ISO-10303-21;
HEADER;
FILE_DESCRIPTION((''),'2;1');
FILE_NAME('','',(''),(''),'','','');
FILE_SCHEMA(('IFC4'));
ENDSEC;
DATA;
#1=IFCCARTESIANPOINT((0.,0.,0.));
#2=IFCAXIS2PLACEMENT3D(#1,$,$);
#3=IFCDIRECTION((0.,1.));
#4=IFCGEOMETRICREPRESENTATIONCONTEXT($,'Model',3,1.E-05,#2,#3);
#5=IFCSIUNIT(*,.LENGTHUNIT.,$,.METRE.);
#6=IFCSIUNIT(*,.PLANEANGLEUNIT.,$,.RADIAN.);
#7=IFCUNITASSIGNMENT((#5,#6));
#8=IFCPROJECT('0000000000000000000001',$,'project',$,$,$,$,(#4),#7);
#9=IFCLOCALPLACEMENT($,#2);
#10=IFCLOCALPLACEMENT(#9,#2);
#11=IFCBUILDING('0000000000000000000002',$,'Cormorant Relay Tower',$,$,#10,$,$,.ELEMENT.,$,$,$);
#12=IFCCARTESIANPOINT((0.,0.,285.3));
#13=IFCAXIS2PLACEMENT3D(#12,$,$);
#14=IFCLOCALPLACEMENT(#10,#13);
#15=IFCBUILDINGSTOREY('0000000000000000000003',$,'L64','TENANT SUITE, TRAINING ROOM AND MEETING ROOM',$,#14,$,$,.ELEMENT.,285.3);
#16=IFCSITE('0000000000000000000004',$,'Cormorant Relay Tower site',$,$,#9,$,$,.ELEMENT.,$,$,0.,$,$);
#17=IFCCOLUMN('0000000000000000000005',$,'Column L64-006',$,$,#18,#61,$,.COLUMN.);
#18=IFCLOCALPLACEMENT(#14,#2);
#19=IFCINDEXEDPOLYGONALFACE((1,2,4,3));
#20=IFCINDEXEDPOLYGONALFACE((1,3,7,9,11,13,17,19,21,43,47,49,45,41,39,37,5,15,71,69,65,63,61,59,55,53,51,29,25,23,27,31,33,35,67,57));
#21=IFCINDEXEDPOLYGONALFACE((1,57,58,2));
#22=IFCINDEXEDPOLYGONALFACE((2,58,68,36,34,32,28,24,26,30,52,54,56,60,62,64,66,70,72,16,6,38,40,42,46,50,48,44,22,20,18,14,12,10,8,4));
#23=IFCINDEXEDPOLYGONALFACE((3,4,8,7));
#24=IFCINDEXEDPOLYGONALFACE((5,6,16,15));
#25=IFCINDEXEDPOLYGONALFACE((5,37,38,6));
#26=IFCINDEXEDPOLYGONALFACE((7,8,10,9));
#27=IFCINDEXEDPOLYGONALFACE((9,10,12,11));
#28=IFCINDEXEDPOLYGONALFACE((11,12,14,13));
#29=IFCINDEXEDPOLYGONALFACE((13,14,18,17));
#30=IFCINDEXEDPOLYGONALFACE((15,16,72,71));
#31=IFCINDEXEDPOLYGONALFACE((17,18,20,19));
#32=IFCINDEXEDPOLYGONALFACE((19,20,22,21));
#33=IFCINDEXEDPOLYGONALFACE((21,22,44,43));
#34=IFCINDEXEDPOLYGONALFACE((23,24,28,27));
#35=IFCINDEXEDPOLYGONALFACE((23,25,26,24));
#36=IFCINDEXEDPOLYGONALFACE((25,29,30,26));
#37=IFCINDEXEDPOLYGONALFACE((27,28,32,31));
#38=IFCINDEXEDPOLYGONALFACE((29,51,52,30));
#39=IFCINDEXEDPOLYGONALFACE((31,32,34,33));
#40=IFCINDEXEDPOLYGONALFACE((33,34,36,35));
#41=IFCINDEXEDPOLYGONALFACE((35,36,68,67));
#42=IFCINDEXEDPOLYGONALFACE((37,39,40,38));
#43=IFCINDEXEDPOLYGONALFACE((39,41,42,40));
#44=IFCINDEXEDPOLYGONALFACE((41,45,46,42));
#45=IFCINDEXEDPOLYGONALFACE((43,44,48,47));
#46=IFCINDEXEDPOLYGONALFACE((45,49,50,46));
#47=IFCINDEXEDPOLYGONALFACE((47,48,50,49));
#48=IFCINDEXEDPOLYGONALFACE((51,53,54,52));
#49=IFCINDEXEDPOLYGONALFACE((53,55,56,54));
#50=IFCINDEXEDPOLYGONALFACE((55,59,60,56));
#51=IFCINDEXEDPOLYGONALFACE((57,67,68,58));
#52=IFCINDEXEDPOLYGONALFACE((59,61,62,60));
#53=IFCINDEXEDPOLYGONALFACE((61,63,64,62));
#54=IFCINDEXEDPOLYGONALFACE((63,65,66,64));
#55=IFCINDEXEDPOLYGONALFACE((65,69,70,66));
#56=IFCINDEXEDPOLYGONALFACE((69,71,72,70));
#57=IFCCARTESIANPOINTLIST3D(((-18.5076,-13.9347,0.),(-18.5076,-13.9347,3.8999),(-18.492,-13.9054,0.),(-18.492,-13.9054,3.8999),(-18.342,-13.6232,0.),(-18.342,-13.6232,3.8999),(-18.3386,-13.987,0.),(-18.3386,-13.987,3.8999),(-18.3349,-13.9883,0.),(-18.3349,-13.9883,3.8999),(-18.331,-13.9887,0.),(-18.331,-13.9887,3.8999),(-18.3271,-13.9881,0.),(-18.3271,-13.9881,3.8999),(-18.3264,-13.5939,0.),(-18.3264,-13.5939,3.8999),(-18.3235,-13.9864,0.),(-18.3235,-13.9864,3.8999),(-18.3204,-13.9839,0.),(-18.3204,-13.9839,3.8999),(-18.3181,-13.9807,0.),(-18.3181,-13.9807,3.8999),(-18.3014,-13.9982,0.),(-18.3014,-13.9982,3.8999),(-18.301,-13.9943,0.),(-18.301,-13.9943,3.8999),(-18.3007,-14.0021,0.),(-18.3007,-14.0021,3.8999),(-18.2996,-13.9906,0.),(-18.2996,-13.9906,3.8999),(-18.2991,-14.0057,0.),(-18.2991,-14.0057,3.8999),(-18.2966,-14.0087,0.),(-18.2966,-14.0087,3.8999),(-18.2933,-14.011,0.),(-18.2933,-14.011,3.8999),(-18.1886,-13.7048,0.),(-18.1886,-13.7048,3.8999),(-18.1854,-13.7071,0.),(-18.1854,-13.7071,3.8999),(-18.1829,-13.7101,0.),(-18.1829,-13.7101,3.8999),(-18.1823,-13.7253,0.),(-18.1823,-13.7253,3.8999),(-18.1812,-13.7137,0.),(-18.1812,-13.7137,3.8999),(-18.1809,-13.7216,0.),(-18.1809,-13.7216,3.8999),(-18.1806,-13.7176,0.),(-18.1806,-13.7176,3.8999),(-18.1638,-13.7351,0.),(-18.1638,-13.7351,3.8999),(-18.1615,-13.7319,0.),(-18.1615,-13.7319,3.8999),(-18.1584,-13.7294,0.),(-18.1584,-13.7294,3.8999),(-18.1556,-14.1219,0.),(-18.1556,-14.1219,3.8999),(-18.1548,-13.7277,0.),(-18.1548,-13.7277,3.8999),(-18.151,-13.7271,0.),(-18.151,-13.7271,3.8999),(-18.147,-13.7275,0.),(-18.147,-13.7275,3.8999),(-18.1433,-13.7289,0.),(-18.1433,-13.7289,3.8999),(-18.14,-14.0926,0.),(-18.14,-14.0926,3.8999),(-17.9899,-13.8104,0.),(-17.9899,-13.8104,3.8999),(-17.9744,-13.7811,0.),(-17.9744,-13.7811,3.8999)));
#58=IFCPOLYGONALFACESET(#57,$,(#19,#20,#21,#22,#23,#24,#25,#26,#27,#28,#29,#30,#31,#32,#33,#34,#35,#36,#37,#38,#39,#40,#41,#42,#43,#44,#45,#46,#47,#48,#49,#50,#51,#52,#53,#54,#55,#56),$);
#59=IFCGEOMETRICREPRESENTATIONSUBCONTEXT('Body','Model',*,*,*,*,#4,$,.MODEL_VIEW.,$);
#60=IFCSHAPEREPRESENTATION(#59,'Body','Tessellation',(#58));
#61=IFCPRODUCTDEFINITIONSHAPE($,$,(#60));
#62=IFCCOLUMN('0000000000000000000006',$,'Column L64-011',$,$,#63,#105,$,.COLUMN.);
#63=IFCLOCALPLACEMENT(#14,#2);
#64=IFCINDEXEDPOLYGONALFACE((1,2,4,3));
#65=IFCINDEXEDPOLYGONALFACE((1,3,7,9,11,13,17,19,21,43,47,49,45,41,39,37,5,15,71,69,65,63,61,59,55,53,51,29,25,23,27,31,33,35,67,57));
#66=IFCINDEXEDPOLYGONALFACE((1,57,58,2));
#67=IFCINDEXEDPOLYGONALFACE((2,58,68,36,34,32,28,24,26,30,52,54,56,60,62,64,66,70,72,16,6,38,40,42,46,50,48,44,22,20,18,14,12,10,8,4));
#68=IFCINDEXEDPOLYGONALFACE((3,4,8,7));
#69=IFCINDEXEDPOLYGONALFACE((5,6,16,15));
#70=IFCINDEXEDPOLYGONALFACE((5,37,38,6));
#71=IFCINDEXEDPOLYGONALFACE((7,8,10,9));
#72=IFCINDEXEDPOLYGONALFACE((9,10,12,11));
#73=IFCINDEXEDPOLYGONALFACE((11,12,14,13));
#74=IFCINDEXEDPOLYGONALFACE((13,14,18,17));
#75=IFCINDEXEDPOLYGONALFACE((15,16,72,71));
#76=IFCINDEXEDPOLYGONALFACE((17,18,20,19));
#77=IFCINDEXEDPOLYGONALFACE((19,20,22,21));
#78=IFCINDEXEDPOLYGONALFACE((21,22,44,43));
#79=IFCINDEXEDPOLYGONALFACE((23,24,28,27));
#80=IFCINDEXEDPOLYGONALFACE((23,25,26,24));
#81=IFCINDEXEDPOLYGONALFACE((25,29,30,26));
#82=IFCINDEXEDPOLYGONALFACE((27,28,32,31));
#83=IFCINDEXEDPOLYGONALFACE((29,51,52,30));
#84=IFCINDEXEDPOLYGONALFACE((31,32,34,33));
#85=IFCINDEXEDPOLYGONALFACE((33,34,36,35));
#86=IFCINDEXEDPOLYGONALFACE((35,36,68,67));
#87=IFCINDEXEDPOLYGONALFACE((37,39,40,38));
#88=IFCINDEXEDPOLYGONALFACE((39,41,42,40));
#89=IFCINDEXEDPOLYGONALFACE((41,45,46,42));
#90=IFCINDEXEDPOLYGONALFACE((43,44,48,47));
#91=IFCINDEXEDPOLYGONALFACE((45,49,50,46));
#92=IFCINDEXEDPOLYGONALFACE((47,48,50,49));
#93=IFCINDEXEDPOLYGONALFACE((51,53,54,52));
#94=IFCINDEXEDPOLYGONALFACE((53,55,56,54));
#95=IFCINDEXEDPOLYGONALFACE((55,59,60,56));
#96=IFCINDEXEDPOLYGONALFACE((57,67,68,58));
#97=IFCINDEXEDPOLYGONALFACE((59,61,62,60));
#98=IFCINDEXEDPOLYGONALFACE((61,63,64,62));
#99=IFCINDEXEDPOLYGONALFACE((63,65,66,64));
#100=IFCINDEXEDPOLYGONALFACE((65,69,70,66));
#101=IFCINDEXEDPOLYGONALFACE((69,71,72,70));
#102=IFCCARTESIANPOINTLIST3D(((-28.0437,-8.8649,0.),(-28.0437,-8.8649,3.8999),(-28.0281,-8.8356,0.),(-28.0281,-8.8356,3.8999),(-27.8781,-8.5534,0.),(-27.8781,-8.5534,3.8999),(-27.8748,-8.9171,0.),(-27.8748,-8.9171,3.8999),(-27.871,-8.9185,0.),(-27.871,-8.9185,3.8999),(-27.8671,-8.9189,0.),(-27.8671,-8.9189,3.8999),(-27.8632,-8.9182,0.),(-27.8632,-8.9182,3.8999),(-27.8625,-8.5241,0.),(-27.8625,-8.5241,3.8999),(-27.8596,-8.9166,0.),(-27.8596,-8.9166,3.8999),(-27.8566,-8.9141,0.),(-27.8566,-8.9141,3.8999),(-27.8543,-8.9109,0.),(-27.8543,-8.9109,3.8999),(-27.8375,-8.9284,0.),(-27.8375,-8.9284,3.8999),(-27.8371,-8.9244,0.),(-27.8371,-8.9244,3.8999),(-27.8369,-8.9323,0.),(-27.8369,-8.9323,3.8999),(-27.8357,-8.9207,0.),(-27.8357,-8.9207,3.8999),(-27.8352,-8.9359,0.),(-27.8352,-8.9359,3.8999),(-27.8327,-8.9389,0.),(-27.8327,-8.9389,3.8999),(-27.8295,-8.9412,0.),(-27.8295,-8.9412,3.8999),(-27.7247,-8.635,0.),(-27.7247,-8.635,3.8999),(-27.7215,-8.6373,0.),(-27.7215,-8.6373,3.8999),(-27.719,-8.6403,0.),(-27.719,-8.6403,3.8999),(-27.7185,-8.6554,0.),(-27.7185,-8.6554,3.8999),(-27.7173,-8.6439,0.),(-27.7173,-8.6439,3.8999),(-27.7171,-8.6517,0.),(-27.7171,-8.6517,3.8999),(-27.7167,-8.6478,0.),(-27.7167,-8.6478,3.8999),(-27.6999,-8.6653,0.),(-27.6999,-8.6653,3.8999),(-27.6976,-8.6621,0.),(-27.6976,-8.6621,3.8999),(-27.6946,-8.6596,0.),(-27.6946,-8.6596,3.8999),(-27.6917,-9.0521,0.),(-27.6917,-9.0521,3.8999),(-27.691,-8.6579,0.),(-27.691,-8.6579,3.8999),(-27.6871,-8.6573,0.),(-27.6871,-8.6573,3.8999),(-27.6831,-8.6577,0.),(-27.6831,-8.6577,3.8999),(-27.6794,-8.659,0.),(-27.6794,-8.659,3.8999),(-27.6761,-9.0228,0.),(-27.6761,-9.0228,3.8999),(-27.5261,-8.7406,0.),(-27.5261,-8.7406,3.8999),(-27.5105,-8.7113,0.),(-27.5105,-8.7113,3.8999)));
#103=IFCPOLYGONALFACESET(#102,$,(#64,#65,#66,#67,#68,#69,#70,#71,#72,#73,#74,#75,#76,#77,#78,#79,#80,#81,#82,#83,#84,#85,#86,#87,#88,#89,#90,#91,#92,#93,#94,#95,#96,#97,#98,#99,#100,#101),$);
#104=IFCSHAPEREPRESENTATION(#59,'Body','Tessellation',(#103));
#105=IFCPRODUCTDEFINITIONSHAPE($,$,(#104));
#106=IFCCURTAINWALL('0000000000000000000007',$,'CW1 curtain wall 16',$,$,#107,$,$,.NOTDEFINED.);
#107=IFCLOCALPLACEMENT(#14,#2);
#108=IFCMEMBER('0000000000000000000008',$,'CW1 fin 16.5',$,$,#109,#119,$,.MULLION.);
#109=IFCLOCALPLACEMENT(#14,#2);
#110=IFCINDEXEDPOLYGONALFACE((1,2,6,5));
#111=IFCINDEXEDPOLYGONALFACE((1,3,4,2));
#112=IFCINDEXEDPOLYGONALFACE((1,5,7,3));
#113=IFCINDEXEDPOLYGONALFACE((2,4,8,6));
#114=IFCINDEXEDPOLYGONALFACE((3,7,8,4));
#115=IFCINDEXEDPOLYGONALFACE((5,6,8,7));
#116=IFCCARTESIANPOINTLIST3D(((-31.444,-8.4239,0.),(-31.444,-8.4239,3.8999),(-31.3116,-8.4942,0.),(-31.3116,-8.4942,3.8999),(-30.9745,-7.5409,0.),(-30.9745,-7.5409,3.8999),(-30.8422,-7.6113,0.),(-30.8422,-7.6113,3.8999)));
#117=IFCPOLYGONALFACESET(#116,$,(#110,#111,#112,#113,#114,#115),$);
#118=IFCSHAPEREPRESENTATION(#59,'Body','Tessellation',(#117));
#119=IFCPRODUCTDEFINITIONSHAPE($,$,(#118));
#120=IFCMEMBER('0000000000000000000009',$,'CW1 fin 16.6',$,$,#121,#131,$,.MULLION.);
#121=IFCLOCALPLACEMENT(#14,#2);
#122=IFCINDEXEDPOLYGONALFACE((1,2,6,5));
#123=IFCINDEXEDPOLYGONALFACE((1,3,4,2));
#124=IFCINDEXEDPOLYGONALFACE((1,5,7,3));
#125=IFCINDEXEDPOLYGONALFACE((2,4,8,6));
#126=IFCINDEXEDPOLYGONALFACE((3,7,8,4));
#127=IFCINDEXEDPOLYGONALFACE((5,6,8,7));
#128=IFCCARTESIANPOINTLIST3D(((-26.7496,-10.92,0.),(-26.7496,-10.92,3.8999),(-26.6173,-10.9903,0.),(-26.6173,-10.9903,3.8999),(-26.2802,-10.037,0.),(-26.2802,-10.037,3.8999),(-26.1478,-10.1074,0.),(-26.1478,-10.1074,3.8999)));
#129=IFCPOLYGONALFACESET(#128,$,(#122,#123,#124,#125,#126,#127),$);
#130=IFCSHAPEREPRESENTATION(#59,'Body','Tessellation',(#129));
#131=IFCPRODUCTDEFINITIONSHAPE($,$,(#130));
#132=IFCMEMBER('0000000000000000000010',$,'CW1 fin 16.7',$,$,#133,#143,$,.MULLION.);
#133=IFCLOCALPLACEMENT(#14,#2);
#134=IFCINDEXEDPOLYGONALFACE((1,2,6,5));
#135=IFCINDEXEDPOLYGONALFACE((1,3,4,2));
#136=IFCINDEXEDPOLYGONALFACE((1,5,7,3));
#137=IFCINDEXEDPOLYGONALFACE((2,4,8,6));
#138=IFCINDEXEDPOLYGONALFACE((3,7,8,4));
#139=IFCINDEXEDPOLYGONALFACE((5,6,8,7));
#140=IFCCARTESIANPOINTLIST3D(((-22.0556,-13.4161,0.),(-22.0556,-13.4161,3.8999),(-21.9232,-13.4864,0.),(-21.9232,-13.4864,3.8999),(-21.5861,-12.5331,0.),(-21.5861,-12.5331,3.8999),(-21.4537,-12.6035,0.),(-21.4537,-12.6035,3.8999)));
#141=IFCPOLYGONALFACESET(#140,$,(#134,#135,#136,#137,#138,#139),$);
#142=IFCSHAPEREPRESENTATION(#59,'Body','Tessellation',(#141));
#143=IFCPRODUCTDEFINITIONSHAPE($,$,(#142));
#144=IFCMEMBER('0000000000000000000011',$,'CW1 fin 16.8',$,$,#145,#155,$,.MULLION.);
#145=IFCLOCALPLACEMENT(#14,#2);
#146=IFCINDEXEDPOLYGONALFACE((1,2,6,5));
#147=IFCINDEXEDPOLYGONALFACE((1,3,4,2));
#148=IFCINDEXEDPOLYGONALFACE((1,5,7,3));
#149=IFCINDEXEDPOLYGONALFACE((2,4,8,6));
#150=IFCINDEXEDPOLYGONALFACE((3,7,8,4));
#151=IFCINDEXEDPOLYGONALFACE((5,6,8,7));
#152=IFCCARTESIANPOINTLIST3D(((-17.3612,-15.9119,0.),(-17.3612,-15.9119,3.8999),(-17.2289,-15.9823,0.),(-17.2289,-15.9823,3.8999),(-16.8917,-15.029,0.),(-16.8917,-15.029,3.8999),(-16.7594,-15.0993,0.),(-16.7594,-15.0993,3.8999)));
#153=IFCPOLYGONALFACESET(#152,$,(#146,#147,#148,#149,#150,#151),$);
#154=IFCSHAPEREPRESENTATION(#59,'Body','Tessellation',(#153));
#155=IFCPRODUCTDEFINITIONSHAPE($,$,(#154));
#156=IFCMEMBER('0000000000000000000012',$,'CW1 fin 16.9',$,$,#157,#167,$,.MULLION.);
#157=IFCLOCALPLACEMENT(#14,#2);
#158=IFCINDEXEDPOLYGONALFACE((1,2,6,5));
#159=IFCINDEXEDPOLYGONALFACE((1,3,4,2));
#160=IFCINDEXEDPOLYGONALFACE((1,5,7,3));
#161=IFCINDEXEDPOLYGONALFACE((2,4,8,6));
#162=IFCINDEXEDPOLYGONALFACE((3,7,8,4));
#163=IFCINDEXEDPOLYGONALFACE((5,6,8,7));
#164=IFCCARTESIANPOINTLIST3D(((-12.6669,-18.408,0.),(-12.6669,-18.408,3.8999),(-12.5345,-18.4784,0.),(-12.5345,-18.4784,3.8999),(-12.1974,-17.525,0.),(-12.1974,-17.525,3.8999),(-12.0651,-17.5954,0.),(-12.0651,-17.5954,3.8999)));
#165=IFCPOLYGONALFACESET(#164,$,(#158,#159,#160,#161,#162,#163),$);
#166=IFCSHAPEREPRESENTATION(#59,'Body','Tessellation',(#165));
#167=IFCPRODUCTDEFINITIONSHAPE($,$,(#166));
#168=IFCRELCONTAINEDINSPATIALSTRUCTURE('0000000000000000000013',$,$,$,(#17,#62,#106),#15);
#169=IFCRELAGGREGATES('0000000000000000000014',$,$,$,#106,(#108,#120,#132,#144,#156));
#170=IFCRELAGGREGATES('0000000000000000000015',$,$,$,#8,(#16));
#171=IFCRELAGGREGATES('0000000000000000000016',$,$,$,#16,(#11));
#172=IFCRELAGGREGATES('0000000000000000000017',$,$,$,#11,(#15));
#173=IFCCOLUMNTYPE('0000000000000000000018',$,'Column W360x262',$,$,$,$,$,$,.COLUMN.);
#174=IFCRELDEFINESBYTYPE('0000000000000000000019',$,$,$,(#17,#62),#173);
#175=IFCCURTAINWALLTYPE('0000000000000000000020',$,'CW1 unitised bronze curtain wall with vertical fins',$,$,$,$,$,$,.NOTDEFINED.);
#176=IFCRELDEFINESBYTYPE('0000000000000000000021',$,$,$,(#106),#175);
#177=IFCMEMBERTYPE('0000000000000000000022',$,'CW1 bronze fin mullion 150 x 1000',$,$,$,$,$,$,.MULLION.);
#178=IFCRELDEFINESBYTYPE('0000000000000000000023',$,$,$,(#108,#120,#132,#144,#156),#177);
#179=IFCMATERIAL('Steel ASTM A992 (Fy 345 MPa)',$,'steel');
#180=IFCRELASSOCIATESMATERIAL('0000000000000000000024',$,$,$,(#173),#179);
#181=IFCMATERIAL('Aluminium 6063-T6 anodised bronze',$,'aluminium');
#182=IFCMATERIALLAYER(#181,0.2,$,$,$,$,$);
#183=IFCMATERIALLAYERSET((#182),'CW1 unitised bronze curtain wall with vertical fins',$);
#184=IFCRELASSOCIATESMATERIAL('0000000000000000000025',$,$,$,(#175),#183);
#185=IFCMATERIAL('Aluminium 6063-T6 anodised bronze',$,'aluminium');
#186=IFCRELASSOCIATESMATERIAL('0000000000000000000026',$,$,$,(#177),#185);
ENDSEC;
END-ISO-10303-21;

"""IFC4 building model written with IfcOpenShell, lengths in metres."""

from ifc_helpers import new_model, si_unit, direction, frame, origin, origin_2d, place, context, subcontext, project, spatial, rectangle, i_section, extrude, material, layer, layer_set, material_profile, profile_set, type_object, element, aggregate, save


model = new_model("IFC4")

# Units and contexts
model_context = context("Model", 3, precision=1e-05, world=origin(), true_north=direction((0.0, 1.0)))
body_context = subcontext(model_context, "Body", "Model", "MODEL_VIEW")
ifc_project = project(units=[si_unit("LENGTHUNIT", "METRE"), si_unit("PLANEANGLEUNIT", "RADIAN")], contexts=[model_context])

# Site, building, storey
site_placement = place(None, origin())
site = spatial("IfcSite", under=ifc_project, at=site_placement, Name="Cormorant Relay Tower site", CompositionType="ELEMENT", RefElevation=0.0)
building_placement = place(site_placement, origin())
building = spatial("IfcBuilding", under=site, at=building_placement, Name="Cormorant Relay Tower", CompositionType="ELEMENT")
storey_placement = place(building_placement, frame((0.0, 0.0, 285.3)))
storey = spatial("IfcBuildingStorey", under=building, at=storey_placement, Name="L64", Description="TENANT SUITE, TRAINING ROOM AND MEETING ROOM", CompositionType="ELEMENT", Elevation=285.3)

# Columns
ifc_material_1 = material(Name="Steel ASTM A992 (Fy 345 MPa)", Category="steel")
ifc_material_profile_1 = material_profile(ifc_material_1, i_section(OverallWidth=0.3987, OverallDepth=0.386, WebThickness=0.021, FlangeThickness=0.0332, FilletRadius=0.0151, at=origin_2d()), Name="W360x262")
ifc_profile_set_1 = profile_set([ifc_material_profile_1], Name="Steel ASTM A992 (Fy 345 MPa)")
column_type_1 = type_object("IfcColumnType", Name="Column W360x262", PredefinedType="COLUMN", material=ifc_profile_set_1)
for number, where, z_axis, x_axis, name in (
    (1, (-18.241, -13.8579, 0.0), (0.0, 0.0, 1.0), (0.882948, -0.469472, 0.0), "Column L64-006"),
    (2, (-27.7771, -8.7881, 0.0), (0.0, 0.0, 1.0), (0.882948, -0.469472, 0.0), "Column L64-011"),
):
    element("IfcColumn", number, at=place(storey_placement, frame(where, z_axis=z_axis, x_axis=x_axis)), inside=storey, type_object=column_type_1, Name=name, PredefinedType="COLUMN", context=body_context, shape_type="SweptSolid", body=[
        extrude(i_section(OverallWidth=0.3987, OverallDepth=0.386, WebThickness=0.021, FlangeThickness=0.0332, FilletRadius=0.0151, at=origin_2d()), origin(), (0.0, 0.0, 1.0), 3.8999),
    ])

# Curtain wall, members
ifc_material_2 = material(Name="Aluminium 6063-T6 anodised bronze", Category="aluminium")
ifc_layer_1 = layer(ifc_material_2, 0.2)
ifc_layer_set_1 = layer_set([ifc_layer_1], Name="CW1 unitised bronze curtain wall with vertical fins")
curtain_wall_type = type_object("IfcCurtainWallType", Name="CW1 unitised bronze curtain wall with vertical fins", PredefinedType="NOTDEFINED", material=ifc_layer_set_1)
curtain_wall_placement = place(storey_placement, origin())
curtain_wall = element("IfcCurtainWall", 3, at=curtain_wall_placement, inside=storey, type_object=curtain_wall_type, Name="CW1 curtain wall 16", PredefinedType="NOTDEFINED")
ifc_material_3 = material(Name="Aluminium 6063-T6 anodised bronze", Category="aluminium")
ifc_material_profile_2 = material_profile(ifc_material_3, rectangle(XDim=0.1499, YDim=1.0, at=origin_2d()), Name="AL 150x1000")
ifc_profile_set_2 = profile_set([ifc_material_profile_2], Name="Aluminium 6063-T6 anodised bronze")
member_type = type_object("IfcMemberType", Name="CW1 bronze fin mullion 150 x 1000", PredefinedType="MULLION", material=ifc_profile_set_2)
member_1_placement = place(storey_placement, frame((-31.1431, -8.0176, 0.0), z_axis=(0.0, 0.0, 1.0), x_axis=(0.882948, -0.469472, 0.0)))
member_1 = element("IfcMember", 4, at=member_1_placement, type_object=member_type, Name="CW1 fin 16.5", PredefinedType="MULLION", context=body_context, shape_type="SweptSolid", body=[
    extrude(rectangle(XDim=0.1499, YDim=1.0, at=origin_2d()), origin(), (0.0, 0.0, 1.0), 3.8999),
])
member_2_placement = place(storey_placement, frame((-26.4487, -10.5137, 0.0), z_axis=(0.0, 0.0, 1.0), x_axis=(0.882948, -0.469472, 0.0)))
member_2 = element("IfcMember", 5, at=member_2_placement, type_object=member_type, Name="CW1 fin 16.6", PredefinedType="MULLION", context=body_context, shape_type="SweptSolid", body=[
    extrude(rectangle(XDim=0.1499, YDim=1.0, at=origin_2d()), origin(), (0.0, 0.0, 1.0), 3.8999),
])
member_3_placement = place(storey_placement, frame((-21.7546, -13.0098, 0.0), z_axis=(0.0, 0.0, 1.0), x_axis=(0.882948, -0.469472, 0.0)))
member_3 = element("IfcMember", 6, at=member_3_placement, type_object=member_type, Name="CW1 fin 16.7", PredefinedType="MULLION", context=body_context, shape_type="SweptSolid", body=[
    extrude(rectangle(XDim=0.1499, YDim=1.0, at=origin_2d()), origin(), (0.0, 0.0, 1.0), 3.8999),
])
member_4_placement = place(storey_placement, frame((-17.0603, -15.5056, 0.0), z_axis=(0.0, 0.0, 1.0), x_axis=(0.882948, -0.469472, 0.0)))
member_4 = element("IfcMember", 7, at=member_4_placement, type_object=member_type, Name="CW1 fin 16.8", PredefinedType="MULLION", context=body_context, shape_type="SweptSolid", body=[
    extrude(rectangle(XDim=0.1499, YDim=1.0, at=origin_2d()), origin(), (0.0, 0.0, 1.0), 3.8999),
])
member_5_placement = place(storey_placement, frame((-12.366, -18.0017, 0.0), z_axis=(0.0, 0.0, 1.0), x_axis=(0.882948, -0.469472, 0.0)))
member_5 = element("IfcMember", 8, at=member_5_placement, type_object=member_type, Name="CW1 fin 16.9", PredefinedType="MULLION", context=body_context, shape_type="SweptSolid", body=[
    extrude(rectangle(XDim=0.1499, YDim=1.0, at=origin_2d()), origin(), (0.0, 0.0, 1.0), 3.8999),
])

aggregate(curtain_wall, [member_1, member_2, member_3, member_4, member_5])

save(model, "model.ifc")
